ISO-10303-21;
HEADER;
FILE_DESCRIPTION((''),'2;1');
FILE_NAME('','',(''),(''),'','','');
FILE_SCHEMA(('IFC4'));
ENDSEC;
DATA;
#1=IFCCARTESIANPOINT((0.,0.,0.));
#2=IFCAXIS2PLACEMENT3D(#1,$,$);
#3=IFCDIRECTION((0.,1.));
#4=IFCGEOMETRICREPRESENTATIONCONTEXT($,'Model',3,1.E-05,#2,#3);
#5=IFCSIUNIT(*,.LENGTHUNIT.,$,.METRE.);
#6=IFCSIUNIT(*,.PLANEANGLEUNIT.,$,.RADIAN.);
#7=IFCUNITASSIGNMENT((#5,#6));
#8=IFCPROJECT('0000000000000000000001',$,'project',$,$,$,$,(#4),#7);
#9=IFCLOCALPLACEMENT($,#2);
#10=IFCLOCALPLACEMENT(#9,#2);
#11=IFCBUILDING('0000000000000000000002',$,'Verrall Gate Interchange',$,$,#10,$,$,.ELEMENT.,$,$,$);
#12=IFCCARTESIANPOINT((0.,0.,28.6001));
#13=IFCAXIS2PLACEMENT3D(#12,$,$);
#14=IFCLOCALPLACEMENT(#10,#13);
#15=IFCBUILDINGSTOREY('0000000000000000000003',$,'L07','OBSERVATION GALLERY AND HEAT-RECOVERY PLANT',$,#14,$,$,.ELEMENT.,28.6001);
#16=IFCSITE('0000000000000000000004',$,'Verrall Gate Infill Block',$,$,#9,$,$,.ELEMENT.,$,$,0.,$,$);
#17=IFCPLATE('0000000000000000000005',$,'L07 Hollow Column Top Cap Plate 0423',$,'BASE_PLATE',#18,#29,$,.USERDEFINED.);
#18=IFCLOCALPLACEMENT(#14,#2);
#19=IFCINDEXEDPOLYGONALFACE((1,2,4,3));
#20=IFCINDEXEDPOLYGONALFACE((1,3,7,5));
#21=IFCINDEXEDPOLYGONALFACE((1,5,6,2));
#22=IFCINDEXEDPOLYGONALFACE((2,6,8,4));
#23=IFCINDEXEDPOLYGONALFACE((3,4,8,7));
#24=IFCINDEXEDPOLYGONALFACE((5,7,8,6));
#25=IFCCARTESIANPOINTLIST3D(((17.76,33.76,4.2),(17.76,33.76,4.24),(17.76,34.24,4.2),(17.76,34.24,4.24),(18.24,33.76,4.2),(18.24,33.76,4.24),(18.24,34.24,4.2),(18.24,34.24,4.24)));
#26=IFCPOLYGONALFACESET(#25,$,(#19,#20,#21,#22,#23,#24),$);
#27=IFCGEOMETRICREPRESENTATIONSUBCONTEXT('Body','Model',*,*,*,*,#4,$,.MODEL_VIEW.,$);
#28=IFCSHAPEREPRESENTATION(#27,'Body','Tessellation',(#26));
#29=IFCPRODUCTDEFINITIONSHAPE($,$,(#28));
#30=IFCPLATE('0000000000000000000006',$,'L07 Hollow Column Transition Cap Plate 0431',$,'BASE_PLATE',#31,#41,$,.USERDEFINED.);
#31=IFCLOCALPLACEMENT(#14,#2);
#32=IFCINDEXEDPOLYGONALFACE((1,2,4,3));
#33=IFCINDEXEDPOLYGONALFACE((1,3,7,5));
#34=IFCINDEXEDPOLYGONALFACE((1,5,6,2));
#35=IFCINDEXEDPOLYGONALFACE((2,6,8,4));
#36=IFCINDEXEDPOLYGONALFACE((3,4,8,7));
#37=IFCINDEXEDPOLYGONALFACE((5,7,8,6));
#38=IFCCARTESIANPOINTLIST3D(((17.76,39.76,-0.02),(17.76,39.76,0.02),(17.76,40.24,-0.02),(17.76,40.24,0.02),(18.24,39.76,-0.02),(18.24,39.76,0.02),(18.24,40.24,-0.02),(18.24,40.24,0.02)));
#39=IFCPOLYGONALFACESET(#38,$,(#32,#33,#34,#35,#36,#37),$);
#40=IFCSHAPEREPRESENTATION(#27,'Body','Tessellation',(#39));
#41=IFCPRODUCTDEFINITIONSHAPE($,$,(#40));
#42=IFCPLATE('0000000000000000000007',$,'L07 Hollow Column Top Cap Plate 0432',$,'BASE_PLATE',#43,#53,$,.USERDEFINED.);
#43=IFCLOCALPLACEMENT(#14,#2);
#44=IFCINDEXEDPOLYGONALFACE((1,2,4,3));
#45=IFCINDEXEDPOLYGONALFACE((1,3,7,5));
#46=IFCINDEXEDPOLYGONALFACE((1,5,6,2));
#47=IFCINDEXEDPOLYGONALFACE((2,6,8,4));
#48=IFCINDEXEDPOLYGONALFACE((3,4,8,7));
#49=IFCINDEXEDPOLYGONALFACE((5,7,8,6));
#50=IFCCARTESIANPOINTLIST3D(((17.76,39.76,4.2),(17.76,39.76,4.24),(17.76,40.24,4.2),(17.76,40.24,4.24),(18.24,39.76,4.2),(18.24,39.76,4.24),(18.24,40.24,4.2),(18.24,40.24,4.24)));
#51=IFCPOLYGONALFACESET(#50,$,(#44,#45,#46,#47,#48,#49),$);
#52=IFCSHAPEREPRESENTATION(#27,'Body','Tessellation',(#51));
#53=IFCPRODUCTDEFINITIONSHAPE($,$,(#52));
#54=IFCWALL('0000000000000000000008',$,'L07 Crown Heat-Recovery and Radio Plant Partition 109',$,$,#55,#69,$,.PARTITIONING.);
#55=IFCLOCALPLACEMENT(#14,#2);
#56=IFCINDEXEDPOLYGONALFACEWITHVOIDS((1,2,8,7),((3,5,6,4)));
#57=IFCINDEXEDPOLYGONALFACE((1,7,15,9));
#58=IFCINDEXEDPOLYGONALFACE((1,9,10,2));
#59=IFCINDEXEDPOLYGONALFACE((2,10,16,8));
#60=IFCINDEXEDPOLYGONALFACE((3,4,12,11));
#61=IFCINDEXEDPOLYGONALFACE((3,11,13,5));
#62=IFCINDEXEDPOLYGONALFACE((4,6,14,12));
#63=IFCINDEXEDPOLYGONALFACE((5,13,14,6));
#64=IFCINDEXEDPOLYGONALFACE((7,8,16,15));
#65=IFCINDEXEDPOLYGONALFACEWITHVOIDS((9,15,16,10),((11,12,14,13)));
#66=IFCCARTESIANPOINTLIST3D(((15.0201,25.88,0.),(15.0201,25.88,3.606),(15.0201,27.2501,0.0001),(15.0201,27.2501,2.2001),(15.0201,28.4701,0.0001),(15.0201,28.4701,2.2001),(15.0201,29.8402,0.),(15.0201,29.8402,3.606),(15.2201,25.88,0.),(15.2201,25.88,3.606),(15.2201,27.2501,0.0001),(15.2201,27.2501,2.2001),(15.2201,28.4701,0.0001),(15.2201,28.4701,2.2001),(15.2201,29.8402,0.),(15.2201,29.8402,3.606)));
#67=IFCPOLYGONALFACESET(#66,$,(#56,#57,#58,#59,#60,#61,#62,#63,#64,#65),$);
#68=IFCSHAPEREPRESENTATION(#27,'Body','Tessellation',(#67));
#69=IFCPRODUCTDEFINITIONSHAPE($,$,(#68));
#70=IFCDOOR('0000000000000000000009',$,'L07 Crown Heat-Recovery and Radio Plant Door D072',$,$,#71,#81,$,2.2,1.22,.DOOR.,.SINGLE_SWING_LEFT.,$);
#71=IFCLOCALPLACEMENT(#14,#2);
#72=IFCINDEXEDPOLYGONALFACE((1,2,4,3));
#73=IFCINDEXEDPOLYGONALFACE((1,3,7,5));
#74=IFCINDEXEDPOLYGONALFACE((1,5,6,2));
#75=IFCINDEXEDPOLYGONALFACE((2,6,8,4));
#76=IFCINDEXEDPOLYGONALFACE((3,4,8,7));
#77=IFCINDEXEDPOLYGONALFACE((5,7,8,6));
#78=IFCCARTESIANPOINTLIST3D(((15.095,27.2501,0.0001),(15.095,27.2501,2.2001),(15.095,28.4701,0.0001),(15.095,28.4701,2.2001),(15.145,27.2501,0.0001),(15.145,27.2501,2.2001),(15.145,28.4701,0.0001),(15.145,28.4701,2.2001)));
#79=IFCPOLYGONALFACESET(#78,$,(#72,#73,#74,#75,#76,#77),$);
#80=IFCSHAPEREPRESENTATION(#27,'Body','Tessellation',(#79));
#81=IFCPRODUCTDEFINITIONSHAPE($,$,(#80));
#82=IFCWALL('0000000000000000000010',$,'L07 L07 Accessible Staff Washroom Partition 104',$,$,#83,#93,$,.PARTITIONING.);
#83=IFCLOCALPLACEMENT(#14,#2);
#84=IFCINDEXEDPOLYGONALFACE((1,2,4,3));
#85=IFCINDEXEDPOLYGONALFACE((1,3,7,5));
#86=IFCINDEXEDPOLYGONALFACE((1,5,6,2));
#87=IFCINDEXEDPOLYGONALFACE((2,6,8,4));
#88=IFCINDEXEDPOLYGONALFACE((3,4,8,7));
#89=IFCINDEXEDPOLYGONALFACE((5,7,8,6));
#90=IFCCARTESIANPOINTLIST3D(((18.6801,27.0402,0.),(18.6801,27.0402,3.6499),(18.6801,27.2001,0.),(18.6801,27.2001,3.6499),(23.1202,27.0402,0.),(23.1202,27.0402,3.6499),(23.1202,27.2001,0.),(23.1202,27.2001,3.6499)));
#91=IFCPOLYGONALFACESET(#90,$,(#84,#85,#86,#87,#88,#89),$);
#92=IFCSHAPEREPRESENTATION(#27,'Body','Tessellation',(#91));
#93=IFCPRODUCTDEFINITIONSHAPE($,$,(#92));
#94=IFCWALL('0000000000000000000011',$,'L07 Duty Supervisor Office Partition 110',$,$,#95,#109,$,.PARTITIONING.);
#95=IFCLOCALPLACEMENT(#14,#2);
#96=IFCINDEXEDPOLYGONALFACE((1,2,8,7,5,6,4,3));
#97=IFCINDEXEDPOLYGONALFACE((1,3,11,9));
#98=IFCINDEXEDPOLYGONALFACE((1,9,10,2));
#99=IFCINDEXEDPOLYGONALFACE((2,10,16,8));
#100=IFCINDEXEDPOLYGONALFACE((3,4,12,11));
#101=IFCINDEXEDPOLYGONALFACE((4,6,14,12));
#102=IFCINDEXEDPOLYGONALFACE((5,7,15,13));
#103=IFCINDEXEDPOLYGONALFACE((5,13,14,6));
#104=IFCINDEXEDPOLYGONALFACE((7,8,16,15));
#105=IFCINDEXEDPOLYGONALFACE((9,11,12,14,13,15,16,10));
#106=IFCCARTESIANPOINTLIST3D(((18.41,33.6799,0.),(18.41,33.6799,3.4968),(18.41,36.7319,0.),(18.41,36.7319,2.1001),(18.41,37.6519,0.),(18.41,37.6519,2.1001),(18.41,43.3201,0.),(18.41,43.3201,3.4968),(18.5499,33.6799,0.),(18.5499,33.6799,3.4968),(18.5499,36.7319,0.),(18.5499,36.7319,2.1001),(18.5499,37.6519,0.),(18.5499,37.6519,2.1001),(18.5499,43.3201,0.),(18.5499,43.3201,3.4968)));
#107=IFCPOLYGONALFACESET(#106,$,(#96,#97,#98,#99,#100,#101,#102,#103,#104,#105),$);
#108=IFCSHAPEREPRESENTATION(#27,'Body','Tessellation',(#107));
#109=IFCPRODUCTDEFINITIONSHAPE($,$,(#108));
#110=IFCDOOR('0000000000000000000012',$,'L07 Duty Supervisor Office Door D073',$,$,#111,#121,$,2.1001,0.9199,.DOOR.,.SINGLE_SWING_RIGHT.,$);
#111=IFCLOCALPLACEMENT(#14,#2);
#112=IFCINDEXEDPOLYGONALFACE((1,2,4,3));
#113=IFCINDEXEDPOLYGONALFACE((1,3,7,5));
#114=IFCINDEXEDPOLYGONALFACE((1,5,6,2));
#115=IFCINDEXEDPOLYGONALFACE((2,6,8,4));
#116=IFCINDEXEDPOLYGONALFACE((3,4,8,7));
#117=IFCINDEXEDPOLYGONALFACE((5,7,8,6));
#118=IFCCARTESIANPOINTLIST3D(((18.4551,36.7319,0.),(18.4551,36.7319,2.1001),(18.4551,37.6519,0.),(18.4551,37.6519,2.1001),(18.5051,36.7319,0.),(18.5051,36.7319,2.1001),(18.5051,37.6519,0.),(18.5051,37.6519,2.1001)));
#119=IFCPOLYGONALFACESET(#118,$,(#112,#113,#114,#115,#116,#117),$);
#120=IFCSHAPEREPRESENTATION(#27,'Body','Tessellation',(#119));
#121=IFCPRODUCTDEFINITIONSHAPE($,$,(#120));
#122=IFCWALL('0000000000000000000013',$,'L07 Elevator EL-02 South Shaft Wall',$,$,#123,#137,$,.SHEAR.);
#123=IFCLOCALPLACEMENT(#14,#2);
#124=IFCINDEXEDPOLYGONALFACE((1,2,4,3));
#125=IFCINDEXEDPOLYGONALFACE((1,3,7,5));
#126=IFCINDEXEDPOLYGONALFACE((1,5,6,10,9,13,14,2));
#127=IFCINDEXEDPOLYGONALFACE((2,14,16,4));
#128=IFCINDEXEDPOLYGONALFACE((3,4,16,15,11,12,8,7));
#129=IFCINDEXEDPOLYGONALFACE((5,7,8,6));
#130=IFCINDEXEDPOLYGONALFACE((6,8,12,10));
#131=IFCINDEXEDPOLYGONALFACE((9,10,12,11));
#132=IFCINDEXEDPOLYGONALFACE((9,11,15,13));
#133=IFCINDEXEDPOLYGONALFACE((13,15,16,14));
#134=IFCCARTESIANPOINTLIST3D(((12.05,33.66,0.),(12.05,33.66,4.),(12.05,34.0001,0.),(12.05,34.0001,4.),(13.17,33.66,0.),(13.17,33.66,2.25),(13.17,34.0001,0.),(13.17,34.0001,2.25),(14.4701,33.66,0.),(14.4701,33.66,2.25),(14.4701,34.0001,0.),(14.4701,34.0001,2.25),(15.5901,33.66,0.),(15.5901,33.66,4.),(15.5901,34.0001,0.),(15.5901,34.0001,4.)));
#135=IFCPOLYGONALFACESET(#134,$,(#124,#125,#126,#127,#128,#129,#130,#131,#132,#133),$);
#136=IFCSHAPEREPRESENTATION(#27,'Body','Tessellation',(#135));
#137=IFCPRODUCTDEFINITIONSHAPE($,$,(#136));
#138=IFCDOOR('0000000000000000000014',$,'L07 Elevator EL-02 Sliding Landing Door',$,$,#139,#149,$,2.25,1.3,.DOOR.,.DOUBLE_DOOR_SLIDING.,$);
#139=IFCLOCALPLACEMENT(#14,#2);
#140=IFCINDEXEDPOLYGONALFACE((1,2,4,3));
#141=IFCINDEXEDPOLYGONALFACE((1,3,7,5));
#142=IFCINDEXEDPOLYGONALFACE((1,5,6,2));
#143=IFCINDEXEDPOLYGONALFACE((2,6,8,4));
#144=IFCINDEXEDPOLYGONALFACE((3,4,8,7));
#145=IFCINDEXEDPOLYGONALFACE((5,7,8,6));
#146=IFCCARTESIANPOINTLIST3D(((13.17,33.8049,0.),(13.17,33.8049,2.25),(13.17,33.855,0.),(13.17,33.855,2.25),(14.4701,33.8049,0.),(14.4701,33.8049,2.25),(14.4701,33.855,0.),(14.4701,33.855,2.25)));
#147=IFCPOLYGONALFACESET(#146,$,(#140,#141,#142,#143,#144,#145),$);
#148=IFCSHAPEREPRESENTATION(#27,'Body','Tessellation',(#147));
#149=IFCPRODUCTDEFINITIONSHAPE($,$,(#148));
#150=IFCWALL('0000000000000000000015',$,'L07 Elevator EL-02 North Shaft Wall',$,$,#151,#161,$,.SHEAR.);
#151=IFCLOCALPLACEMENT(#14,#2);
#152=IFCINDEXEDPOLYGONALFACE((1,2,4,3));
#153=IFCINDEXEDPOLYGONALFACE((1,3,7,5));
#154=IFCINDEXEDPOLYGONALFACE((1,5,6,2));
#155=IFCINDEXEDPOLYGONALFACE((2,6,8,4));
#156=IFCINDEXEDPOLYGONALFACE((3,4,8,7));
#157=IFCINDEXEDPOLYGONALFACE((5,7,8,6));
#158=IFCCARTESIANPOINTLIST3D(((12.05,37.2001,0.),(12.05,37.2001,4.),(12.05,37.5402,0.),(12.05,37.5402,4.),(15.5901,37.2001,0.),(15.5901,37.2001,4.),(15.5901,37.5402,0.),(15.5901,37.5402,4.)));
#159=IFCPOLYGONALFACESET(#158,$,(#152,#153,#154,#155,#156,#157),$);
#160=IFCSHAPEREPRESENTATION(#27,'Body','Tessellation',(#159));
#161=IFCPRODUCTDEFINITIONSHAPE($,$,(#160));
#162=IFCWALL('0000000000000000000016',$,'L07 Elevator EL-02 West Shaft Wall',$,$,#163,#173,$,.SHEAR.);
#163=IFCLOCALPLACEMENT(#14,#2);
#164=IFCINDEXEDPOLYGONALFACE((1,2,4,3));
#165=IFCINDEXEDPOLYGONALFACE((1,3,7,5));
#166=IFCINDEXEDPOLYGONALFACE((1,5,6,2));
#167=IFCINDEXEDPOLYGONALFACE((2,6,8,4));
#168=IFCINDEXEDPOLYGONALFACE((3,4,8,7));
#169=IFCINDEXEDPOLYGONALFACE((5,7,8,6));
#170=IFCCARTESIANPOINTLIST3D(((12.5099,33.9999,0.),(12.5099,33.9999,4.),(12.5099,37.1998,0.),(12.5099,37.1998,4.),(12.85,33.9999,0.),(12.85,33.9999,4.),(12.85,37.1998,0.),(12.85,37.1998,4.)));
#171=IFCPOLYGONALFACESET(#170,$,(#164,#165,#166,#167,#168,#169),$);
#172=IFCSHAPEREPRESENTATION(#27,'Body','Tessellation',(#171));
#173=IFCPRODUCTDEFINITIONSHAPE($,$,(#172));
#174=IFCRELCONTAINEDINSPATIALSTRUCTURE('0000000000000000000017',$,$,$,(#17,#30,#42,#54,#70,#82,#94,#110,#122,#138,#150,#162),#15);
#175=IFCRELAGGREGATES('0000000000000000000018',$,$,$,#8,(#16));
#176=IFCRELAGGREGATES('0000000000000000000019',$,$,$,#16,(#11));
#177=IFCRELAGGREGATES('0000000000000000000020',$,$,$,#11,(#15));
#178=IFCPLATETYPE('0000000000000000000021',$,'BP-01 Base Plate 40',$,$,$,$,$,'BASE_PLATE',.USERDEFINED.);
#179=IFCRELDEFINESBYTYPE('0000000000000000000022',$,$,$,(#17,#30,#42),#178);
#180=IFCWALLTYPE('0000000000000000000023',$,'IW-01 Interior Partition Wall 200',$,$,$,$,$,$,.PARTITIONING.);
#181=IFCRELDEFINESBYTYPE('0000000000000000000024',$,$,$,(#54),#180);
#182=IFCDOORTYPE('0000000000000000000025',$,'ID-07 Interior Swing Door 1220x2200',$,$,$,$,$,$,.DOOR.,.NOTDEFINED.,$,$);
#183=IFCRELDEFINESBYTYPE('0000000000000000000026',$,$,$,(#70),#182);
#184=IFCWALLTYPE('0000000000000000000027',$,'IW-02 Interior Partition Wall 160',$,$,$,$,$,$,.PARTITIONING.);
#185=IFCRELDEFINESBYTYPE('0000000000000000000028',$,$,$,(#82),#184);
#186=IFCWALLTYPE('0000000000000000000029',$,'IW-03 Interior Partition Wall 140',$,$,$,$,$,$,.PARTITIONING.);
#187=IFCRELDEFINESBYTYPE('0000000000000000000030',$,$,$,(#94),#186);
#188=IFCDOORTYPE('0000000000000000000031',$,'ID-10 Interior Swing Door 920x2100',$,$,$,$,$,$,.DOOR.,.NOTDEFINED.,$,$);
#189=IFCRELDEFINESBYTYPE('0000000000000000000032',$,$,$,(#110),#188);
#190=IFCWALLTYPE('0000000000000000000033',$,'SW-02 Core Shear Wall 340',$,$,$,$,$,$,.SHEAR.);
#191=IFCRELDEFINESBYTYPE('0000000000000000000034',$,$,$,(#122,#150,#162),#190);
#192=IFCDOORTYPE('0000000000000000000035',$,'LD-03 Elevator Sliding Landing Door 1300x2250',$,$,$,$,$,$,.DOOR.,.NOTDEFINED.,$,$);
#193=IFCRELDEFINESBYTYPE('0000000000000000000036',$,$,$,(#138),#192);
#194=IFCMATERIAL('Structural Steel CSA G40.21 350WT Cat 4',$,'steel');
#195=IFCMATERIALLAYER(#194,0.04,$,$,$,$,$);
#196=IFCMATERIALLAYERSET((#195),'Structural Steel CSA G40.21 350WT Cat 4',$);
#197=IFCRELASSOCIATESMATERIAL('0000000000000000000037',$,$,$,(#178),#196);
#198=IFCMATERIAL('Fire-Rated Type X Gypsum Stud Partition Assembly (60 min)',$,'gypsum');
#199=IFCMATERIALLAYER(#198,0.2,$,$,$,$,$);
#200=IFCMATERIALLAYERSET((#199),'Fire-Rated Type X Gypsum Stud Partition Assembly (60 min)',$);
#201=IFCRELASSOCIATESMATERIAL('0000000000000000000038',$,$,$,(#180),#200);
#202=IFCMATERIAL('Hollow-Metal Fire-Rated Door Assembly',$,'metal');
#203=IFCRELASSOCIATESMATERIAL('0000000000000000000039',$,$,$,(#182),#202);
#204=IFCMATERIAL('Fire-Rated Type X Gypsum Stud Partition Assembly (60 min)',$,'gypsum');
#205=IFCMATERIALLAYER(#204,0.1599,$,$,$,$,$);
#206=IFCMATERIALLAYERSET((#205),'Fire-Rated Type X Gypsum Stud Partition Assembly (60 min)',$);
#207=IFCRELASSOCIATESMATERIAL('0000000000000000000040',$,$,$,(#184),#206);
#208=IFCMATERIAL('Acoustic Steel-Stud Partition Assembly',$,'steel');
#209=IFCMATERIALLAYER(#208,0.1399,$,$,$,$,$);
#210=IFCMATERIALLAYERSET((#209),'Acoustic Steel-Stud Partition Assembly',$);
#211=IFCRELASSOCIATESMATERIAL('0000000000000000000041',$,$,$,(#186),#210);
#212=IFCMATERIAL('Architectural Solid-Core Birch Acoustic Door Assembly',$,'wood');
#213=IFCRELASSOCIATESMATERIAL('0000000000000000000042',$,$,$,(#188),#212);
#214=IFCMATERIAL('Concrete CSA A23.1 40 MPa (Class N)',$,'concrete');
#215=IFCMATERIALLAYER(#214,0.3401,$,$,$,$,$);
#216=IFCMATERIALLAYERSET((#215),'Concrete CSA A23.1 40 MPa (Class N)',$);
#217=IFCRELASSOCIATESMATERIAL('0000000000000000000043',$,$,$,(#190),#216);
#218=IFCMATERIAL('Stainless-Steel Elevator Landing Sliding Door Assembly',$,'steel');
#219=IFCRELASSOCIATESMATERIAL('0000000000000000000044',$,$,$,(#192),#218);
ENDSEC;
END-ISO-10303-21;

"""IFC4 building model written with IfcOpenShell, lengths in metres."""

from ifc_helpers import new_model, si_unit, direction, frame, frame_2d, origin, origin_2d, place, context, subcontext, project, spatial, rectangle, extrude, material, layer, layer_set, type_object, element, fill, save


model = new_model("IFC4")

# Units and contexts
model_context = context("Model", 3, precision=1e-05, world=origin(), true_north=direction((0.0, 1.0)))
body_context = subcontext(model_context, "Body", "Model", "MODEL_VIEW")
ifc_project = project(units=[si_unit("LENGTHUNIT", "METRE"), si_unit("PLANEANGLEUNIT", "RADIAN")], contexts=[model_context])

# Site, building, storey
site_placement = place(None, origin())
site = spatial("IfcSite", under=ifc_project, at=site_placement, Name="Verrall Gate Infill Block", CompositionType="ELEMENT", RefElevation=0.0)
building_placement = place(site_placement, origin())
building = spatial("IfcBuilding", under=site, at=building_placement, Name="Verrall Gate Interchange", CompositionType="ELEMENT")
storey_placement = place(building_placement, frame((0.0, 0.0, 28.6001)))
storey = spatial("IfcBuildingStorey", under=building, at=storey_placement, Name="L07", Description="OBSERVATION GALLERY AND HEAT-RECOVERY PLANT", CompositionType="ELEMENT", Elevation=28.6001)

# Plates
ifc_material_1 = material(Name="Structural Steel CSA G40.21 350WT Cat 4", Category="steel")
ifc_layer_1 = layer(ifc_material_1, 0.04)
ifc_layer_set_1 = layer_set([ifc_layer_1], Name="Structural Steel CSA G40.21 350WT Cat 4")
plate_type = type_object("IfcPlateType", Name="BP-01 Base Plate 40", ElementType="BASE_PLATE", PredefinedType="USERDEFINED", material=ifc_layer_set_1)
for number, where, z_axis, x_axis, name in (
    (1, (18.0, 34.0, 4.2), (0.0, 0.0, 1.0), (1.0, 0.0, 0.0), "L07 Hollow Column Top Cap Plate 0423"),
    (2, (18.0, 40.0, -0.02), (0.0, 0.0, 1.0), (1.0, 0.0, 0.0), "L07 Hollow Column Transition Cap Plate 0431"),
    (3, (18.0, 40.0, 4.2), (0.0, 0.0, 1.0), (1.0, 0.0, 0.0), "L07 Hollow Column Top Cap Plate 0432"),
):
    element("IfcPlate", number, at=place(storey_placement, frame(where, z_axis=z_axis, x_axis=x_axis)), inside=storey, type_object=plate_type, Name=name, ObjectType="BASE_PLATE", PredefinedType="USERDEFINED", context=body_context, shape_type="SweptSolid", body=[
        extrude(rectangle(XDim=0.48, YDim=0.48, at=origin_2d()), origin(), (0.0, 0.0, 1.0), 0.04),
    ])

# Wall, opening, door
ifc_material_2 = material(Name="Fire-Rated Type X Gypsum Stud Partition Assembly (60 min)", Category="gypsum")
ifc_layer_2 = layer(ifc_material_2, 0.2)
ifc_layer_set_2 = layer_set([ifc_layer_2], Name="Fire-Rated Type X Gypsum Stud Partition Assembly (60 min)")
wall_type_1 = type_object("IfcWallType", Name="IW-01 Interior Partition Wall 200", PredefinedType="PARTITIONING", material=ifc_layer_set_2)
wall_1_placement = place(storey_placement, frame((15.1201, 29.8401, 0.0), z_axis=(0.0, 0.0, 1.0), x_axis=(0.0, -1.0, 0.0)))
wall_1 = element("IfcWall", 4, at=wall_1_placement, inside=storey, type_object=wall_type_1, Name="L07 Crown Heat-Recovery and Radio Plant Partition 109", PredefinedType="PARTITIONING", context=body_context, shape_type="SweptSolid", body=[
    extrude(rectangle(XDim=3.9602, YDim=0.2, at=frame_2d((1.98, 0.0))), origin(), (0.0, 0.0, 1.0), 3.606),
])
opening_1_placement = place(wall_1_placement, frame((1.3701, 0.0, 0.0)))
opening_1 = element("IfcOpeningElement", 5, at=opening_1_placement, cuts=wall_1, PredefinedType="OPENING", context=body_context, shape_type="SweptSolid", body=[
    extrude(rectangle(XDim=1.22, YDim=2.2, at=frame_2d((0.6099, 1.1001))), frame((0.0, 0.1147, 0.0), z_axis=(0.0, -1.0, 0.0), x_axis=(1.0, 0.0, 0.0)), (0.0, 0.0, 1.0), 0.2297),
])
ifc_material_3 = material(Name="Hollow-Metal Fire-Rated Door Assembly", Category="metal")
door_type_1 = type_object("IfcDoorType", Name="ID-07 Interior Swing Door 1220x2200", OperationType="NOTDEFINED", PredefinedType="DOOR", material=ifc_material_3)
door_1_placement = place(opening_1_placement, origin())
door_1 = element("IfcDoor", 6, at=door_1_placement, inside=storey, type_object=door_type_1, Name="L07 Crown Heat-Recovery and Radio Plant Door D072", OperationType="SINGLE_SWING_LEFT", OverallHeight=2.2, OverallWidth=1.22, PredefinedType="DOOR", context=body_context, shape_type="SweptSolid", body=[
    extrude(rectangle(XDim=1.22, YDim=2.2, at=frame_2d((0.6099, 1.1001))), frame((0.0, 0.0249, 0.0), z_axis=(0.0, -1.0, 0.0), x_axis=(1.0, 0.0, 0.0)), (0.0, 0.0, 1.0), 0.05),
])
fill(opening_1, door_1)

# Wall
ifc_material_4 = material(Name="Fire-Rated Type X Gypsum Stud Partition Assembly (60 min)", Category="gypsum")
ifc_layer_3 = layer(ifc_material_4, 0.1599)
ifc_layer_set_3 = layer_set([ifc_layer_3], Name="Fire-Rated Type X Gypsum Stud Partition Assembly (60 min)")
wall_type_2 = type_object("IfcWallType", Name="IW-02 Interior Partition Wall 160", PredefinedType="PARTITIONING", material=ifc_layer_set_3)
wall_2_placement = place(storey_placement, frame((18.6799, 27.1201, 0.0), z_axis=(0.0, 0.0, 1.0), x_axis=(1.0, 0.0, 0.0)))
element("IfcWall", 7, at=wall_2_placement, inside=storey, type_object=wall_type_2, Name="L07 L07 Accessible Staff Washroom Partition 104", PredefinedType="PARTITIONING", context=body_context, shape_type="SweptSolid", body=[
    extrude(rectangle(XDim=4.4402, YDim=0.1599, at=frame_2d((2.2202, 0.0))), origin(), (0.0, 0.0, 1.0), 3.6499),
])

# Walls, openings, doors
ifc_material_5 = material(Name="Acoustic Steel-Stud Partition Assembly", Category="steel")
ifc_layer_4 = layer(ifc_material_5, 0.1399)
ifc_layer_set_4 = layer_set([ifc_layer_4], Name="Acoustic Steel-Stud Partition Assembly")
wall_type_3 = type_object("IfcWallType", Name="IW-03 Interior Partition Wall 140", PredefinedType="PARTITIONING", material=ifc_layer_set_4)
wall_3_placement = place(storey_placement, frame((18.48, 33.6799, 0.0), z_axis=(0.0, 0.0, 1.0), x_axis=(0.0, 1.0, 0.0)))
wall_3 = element("IfcWall", 8, at=wall_3_placement, inside=storey, type_object=wall_type_3, Name="L07 Duty Supervisor Office Partition 110", PredefinedType="PARTITIONING", context=body_context, shape_type="SweptSolid", body=[
    extrude(rectangle(XDim=9.6401, YDim=0.1399, at=frame_2d((4.8201, 0.0))), origin(), (0.0, 0.0, 1.0), 3.4968),
])
opening_2_placement = place(wall_3_placement, frame((3.052, 0.0, 0.0)))
opening_2 = element("IfcOpeningElement", 9, at=opening_2_placement, cuts=wall_3, PredefinedType="OPENING", context=body_context, shape_type="SweptSolid", body=[
    extrude(rectangle(XDim=0.9199, YDim=2.1001, at=frame_2d((0.46, 1.05))), frame((0.0, 0.085, 0.0), z_axis=(0.0, -1.0, 0.0), x_axis=(1.0, 0.0, 0.0)), (0.0, 0.0, 1.0), 0.1697),
])
ifc_material_6 = material(Name="Architectural Solid-Core Birch Acoustic Door Assembly", Category="wood")
door_type_2 = type_object("IfcDoorType", Name="ID-10 Interior Swing Door 920x2100", OperationType="NOTDEFINED", PredefinedType="DOOR", material=ifc_material_6)
door_2_placement = place(opening_2_placement, origin())
door_2 = element("IfcDoor", 10, at=door_2_placement, inside=storey, type_object=door_type_2, Name="L07 Duty Supervisor Office Door D073", OperationType="SINGLE_SWING_RIGHT", OverallHeight=2.1001, OverallWidth=0.9199, PredefinedType="DOOR", context=body_context, shape_type="SweptSolid", body=[
    extrude(rectangle(XDim=0.9199, YDim=2.1001, at=frame_2d((0.46, 1.05))), frame((0.0, 0.0249, 0.0), z_axis=(0.0, -1.0, 0.0), x_axis=(1.0, 0.0, 0.0)), (0.0, 0.0, 1.0), 0.05),
])
fill(opening_2, door_2)
ifc_material_7 = material(Name="Concrete CSA A23.1 40 MPa (Class N)", Category="concrete")
ifc_layer_5 = layer(ifc_material_7, 0.3401)
ifc_layer_set_5 = layer_set([ifc_layer_5], Name="Concrete CSA A23.1 40 MPa (Class N)")
wall_type_4 = type_object("IfcWallType", Name="SW-02 Core Shear Wall 340", PredefinedType="SHEAR", material=ifc_layer_set_5)
wall_4_placement = place(storey_placement, frame((12.05, 33.8301, 0.0), z_axis=(0.0, 0.0, 1.0), x_axis=(1.0, 0.0, 0.0)))
wall_4 = element("IfcWall", 11, at=wall_4_placement, inside=storey, type_object=wall_type_4, Name="L07 Elevator EL-02 South Shaft Wall", PredefinedType="SHEAR", context=body_context, shape_type="SweptSolid", body=[
    extrude(rectangle(XDim=3.54, YDim=0.3401, at=frame_2d((1.77, 0.0))), origin(), (0.0, 0.0, 1.0), 4.0),
])
opening_3_placement = place(wall_4_placement, frame((1.1201, 0.0, 0.0)))
opening_3 = element("IfcOpeningElement", 12, at=opening_3_placement, cuts=wall_4, PredefinedType="OPENING", context=body_context, shape_type="SweptSolid", body=[
    extrude(rectangle(XDim=1.3, YDim=2.25, at=frame_2d((0.6499, 1.125))), frame((0.0, 0.1851, 0.0), z_axis=(0.0, -1.0, 0.0), x_axis=(1.0, 0.0, 0.0)), (0.0, 0.0, 1.0), 0.3699),
])
ifc_material_8 = material(Name="Stainless-Steel Elevator Landing Sliding Door Assembly", Category="steel")
door_type_3 = type_object("IfcDoorType", Name="LD-03 Elevator Sliding Landing Door 1300x2250", OperationType="NOTDEFINED", PredefinedType="DOOR", material=ifc_material_8)
door_3_placement = place(opening_3_placement, origin())
door_3 = element("IfcDoor", 13, at=door_3_placement, inside=storey, type_object=door_type_3, Name="L07 Elevator EL-02 Sliding Landing Door", OperationType="DOUBLE_DOOR_SLIDING", OverallHeight=2.25, OverallWidth=1.3, PredefinedType="DOOR", context=body_context, shape_type="SweptSolid", body=[
    extrude(rectangle(XDim=1.3, YDim=2.25, at=frame_2d((0.6499, 1.125))), frame((0.0, 0.0249, 0.0), z_axis=(0.0, -1.0, 0.0), x_axis=(1.0, 0.0, 0.0)), (0.0, 0.0, 1.0), 0.05),
])
fill(opening_3, door_3)

# Walls
wall_5_placement = place(storey_placement, frame((15.5901, 37.3701, 0.0), z_axis=(0.0, 0.0, 1.0), x_axis=(-1.0, 0.0, 0.0)))
element("IfcWall", 14, at=wall_5_placement, inside=storey, type_object=wall_type_4, Name="L07 Elevator EL-02 North Shaft Wall", PredefinedType="SHEAR", context=body_context, shape_type="SweptSolid", body=[
    extrude(rectangle(XDim=3.54, YDim=0.3401, at=frame_2d((1.77, 0.0))), origin(), (0.0, 0.0, 1.0), 4.0),
])
for number, where, z_axis, x_axis, name in (
    (15, (12.6799, 37.2, 0.0), (0.0, 0.0, 1.0), (0.0, -1.0, 0.0), "L07 Elevator EL-02 West Shaft Wall"),
):
    element("IfcWall", number, at=place(storey_placement, frame(where, z_axis=z_axis, x_axis=x_axis)), inside=storey, type_object=wall_type_4, Name=name, PredefinedType="SHEAR", context=body_context, shape_type="SweptSolid", body=[
        extrude(rectangle(XDim=3.2, YDim=0.3401, at=frame_2d((1.6001, 0.0))), origin(), (0.0, 0.0, 1.0), 4.0),
    ])

save(model, "model.ifc")
